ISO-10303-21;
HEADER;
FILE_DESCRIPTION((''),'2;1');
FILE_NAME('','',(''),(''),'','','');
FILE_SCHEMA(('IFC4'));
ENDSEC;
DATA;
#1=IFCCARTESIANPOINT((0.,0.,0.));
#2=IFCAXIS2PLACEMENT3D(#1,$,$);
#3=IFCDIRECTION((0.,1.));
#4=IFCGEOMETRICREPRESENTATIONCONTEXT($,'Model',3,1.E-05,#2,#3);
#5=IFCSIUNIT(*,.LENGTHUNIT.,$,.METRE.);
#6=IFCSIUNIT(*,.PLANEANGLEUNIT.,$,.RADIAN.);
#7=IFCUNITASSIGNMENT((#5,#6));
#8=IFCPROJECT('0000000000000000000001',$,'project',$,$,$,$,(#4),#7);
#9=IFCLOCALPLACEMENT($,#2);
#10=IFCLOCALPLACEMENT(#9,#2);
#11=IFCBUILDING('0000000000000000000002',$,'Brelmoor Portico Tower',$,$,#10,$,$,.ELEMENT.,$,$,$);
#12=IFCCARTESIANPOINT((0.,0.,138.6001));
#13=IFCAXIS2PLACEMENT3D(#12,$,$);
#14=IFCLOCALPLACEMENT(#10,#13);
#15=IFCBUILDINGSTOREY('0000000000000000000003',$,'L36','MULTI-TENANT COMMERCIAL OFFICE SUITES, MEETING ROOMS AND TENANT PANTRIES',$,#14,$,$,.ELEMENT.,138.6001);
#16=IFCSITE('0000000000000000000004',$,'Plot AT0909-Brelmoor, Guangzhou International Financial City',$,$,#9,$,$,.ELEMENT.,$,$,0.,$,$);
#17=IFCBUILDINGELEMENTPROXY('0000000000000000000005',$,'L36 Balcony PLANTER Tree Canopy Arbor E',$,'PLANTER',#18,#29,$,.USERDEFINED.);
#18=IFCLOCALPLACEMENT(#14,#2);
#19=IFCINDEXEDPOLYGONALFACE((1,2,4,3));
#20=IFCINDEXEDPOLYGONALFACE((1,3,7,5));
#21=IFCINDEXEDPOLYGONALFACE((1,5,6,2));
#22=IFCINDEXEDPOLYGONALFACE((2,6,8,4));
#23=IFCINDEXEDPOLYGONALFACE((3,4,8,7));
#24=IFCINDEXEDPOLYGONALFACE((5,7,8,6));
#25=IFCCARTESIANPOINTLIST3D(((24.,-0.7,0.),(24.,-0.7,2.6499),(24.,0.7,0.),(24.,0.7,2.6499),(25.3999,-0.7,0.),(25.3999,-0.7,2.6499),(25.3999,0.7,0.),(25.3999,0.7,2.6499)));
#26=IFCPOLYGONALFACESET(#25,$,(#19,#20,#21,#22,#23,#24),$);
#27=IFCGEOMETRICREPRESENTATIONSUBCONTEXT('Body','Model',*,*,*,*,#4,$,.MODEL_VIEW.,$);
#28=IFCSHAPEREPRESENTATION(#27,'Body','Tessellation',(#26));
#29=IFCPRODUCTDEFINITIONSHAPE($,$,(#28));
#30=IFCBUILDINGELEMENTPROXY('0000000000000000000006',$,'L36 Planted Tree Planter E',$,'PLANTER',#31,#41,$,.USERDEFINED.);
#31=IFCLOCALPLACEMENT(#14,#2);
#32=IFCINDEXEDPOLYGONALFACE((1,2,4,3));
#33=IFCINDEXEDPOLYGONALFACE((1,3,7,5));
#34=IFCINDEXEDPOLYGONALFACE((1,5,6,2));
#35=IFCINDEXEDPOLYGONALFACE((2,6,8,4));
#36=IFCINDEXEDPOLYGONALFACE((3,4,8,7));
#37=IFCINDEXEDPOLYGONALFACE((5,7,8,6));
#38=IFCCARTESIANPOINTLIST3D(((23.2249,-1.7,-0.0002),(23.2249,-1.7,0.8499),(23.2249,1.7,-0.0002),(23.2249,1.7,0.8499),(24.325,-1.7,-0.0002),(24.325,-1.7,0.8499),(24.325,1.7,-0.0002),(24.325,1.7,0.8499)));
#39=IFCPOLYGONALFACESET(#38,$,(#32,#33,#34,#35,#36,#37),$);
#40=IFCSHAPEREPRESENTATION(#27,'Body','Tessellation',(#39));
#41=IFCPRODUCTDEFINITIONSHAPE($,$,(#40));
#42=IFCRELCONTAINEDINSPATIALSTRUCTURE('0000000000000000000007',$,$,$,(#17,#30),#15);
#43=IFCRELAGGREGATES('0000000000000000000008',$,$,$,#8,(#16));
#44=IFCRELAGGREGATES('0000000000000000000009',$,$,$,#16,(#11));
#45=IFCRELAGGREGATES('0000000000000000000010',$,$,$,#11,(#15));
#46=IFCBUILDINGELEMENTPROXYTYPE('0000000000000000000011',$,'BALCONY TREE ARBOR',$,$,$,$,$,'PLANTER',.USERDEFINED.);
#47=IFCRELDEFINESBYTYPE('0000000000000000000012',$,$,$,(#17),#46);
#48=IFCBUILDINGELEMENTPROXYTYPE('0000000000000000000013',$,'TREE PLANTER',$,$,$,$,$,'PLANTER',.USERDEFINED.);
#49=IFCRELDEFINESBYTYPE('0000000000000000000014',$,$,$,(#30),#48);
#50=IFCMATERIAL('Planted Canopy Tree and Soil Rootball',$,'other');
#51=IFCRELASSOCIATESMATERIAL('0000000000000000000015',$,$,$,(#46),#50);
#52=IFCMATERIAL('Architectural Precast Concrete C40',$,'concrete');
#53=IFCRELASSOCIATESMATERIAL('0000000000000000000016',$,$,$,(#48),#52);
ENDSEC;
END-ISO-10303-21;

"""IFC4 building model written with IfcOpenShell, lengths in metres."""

from ifc_helpers import new_model, si_unit, direction, frame, origin, origin_2d, place, context, subcontext, project, spatial, rectangle, extrude, material, type_object, element, save


model = new_model("IFC4")

# Units and contexts
model_context = context("Model", 3, precision=1e-05, world=origin(), true_north=direction((0.0, 1.0)))
body_context = subcontext(model_context, "Body", "Model", "MODEL_VIEW")
ifc_project = project(units=[si_unit("LENGTHUNIT", "METRE"), si_unit("PLANEANGLEUNIT", "RADIAN")], contexts=[model_context])

# Site, building, storey
site_placement = place(None, origin())
site = spatial("IfcSite", under=ifc_project, at=site_placement, Name="Plot AT0909-Brelmoor, Guangzhou International Financial City", CompositionType="ELEMENT", RefElevation=0.0)
building_placement = place(site_placement, origin())
building = spatial("IfcBuilding", under=site, at=building_placement, Name="Brelmoor Portico Tower", CompositionType="ELEMENT")
storey_placement = place(building_placement, frame((0.0, 0.0, 138.6001)))
storey = spatial("IfcBuildingStorey", under=building, at=storey_placement, Name="L36", Description="MULTI-TENANT COMMERCIAL OFFICE SUITES, MEETING ROOMS AND TENANT PANTRIES", CompositionType="ELEMENT", Elevation=138.6001)

# Building element proxies
ifc_material_1 = material(Name="Planted Canopy Tree and Soil Rootball", Category="other")
building_element_proxy_type_1 = type_object("IfcBuildingElementProxyType", Name="BALCONY TREE ARBOR", ElementType="PLANTER", PredefinedType="USERDEFINED", material=ifc_material_1)
proxy_1_placement = place(storey_placement, frame((24.7, 0.0, 0.0), z_axis=(0.0, 0.0, 1.0), x_axis=(1.0, 0.0, 0.0)))
element("IfcBuildingElementProxy", 1, at=proxy_1_placement, inside=storey, type_object=building_element_proxy_type_1, Name="L36 Balcony PLANTER Tree Canopy Arbor E", ObjectType="PLANTER", PredefinedType="USERDEFINED", context=body_context, shape_type="SweptSolid", body=[
    extrude(rectangle(XDim=1.3999, YDim=1.3999, at=origin_2d()), origin(), (0.0, 0.0, 1.0), 2.6499),
])
ifc_material_2 = material(Name="Architectural Precast Concrete C40", Category="concrete")
building_element_proxy_type_2 = type_object("IfcBuildingElementProxyType", Name="TREE PLANTER", ElementType="PLANTER", PredefinedType="USERDEFINED", material=ifc_material_2)
proxy_2_placement = place(storey_placement, frame((23.7749, 0.0, -0.0002), z_axis=(0.0, 0.0, 1.0), x_axis=(0.0, 1.0, 0.0)))
element("IfcBuildingElementProxy", 2, at=proxy_2_placement, inside=storey, type_object=building_element_proxy_type_2, Name="L36 Planted Tree Planter E", ObjectType="PLANTER", PredefinedType="USERDEFINED", context=body_context, shape_type="SweptSolid", body=[
    extrude(rectangle(XDim=3.3999, YDim=1.1001, at=origin_2d()), origin(), (0.0, 0.0, 1.0), 0.8501),
])

save(model, "model.ifc")
